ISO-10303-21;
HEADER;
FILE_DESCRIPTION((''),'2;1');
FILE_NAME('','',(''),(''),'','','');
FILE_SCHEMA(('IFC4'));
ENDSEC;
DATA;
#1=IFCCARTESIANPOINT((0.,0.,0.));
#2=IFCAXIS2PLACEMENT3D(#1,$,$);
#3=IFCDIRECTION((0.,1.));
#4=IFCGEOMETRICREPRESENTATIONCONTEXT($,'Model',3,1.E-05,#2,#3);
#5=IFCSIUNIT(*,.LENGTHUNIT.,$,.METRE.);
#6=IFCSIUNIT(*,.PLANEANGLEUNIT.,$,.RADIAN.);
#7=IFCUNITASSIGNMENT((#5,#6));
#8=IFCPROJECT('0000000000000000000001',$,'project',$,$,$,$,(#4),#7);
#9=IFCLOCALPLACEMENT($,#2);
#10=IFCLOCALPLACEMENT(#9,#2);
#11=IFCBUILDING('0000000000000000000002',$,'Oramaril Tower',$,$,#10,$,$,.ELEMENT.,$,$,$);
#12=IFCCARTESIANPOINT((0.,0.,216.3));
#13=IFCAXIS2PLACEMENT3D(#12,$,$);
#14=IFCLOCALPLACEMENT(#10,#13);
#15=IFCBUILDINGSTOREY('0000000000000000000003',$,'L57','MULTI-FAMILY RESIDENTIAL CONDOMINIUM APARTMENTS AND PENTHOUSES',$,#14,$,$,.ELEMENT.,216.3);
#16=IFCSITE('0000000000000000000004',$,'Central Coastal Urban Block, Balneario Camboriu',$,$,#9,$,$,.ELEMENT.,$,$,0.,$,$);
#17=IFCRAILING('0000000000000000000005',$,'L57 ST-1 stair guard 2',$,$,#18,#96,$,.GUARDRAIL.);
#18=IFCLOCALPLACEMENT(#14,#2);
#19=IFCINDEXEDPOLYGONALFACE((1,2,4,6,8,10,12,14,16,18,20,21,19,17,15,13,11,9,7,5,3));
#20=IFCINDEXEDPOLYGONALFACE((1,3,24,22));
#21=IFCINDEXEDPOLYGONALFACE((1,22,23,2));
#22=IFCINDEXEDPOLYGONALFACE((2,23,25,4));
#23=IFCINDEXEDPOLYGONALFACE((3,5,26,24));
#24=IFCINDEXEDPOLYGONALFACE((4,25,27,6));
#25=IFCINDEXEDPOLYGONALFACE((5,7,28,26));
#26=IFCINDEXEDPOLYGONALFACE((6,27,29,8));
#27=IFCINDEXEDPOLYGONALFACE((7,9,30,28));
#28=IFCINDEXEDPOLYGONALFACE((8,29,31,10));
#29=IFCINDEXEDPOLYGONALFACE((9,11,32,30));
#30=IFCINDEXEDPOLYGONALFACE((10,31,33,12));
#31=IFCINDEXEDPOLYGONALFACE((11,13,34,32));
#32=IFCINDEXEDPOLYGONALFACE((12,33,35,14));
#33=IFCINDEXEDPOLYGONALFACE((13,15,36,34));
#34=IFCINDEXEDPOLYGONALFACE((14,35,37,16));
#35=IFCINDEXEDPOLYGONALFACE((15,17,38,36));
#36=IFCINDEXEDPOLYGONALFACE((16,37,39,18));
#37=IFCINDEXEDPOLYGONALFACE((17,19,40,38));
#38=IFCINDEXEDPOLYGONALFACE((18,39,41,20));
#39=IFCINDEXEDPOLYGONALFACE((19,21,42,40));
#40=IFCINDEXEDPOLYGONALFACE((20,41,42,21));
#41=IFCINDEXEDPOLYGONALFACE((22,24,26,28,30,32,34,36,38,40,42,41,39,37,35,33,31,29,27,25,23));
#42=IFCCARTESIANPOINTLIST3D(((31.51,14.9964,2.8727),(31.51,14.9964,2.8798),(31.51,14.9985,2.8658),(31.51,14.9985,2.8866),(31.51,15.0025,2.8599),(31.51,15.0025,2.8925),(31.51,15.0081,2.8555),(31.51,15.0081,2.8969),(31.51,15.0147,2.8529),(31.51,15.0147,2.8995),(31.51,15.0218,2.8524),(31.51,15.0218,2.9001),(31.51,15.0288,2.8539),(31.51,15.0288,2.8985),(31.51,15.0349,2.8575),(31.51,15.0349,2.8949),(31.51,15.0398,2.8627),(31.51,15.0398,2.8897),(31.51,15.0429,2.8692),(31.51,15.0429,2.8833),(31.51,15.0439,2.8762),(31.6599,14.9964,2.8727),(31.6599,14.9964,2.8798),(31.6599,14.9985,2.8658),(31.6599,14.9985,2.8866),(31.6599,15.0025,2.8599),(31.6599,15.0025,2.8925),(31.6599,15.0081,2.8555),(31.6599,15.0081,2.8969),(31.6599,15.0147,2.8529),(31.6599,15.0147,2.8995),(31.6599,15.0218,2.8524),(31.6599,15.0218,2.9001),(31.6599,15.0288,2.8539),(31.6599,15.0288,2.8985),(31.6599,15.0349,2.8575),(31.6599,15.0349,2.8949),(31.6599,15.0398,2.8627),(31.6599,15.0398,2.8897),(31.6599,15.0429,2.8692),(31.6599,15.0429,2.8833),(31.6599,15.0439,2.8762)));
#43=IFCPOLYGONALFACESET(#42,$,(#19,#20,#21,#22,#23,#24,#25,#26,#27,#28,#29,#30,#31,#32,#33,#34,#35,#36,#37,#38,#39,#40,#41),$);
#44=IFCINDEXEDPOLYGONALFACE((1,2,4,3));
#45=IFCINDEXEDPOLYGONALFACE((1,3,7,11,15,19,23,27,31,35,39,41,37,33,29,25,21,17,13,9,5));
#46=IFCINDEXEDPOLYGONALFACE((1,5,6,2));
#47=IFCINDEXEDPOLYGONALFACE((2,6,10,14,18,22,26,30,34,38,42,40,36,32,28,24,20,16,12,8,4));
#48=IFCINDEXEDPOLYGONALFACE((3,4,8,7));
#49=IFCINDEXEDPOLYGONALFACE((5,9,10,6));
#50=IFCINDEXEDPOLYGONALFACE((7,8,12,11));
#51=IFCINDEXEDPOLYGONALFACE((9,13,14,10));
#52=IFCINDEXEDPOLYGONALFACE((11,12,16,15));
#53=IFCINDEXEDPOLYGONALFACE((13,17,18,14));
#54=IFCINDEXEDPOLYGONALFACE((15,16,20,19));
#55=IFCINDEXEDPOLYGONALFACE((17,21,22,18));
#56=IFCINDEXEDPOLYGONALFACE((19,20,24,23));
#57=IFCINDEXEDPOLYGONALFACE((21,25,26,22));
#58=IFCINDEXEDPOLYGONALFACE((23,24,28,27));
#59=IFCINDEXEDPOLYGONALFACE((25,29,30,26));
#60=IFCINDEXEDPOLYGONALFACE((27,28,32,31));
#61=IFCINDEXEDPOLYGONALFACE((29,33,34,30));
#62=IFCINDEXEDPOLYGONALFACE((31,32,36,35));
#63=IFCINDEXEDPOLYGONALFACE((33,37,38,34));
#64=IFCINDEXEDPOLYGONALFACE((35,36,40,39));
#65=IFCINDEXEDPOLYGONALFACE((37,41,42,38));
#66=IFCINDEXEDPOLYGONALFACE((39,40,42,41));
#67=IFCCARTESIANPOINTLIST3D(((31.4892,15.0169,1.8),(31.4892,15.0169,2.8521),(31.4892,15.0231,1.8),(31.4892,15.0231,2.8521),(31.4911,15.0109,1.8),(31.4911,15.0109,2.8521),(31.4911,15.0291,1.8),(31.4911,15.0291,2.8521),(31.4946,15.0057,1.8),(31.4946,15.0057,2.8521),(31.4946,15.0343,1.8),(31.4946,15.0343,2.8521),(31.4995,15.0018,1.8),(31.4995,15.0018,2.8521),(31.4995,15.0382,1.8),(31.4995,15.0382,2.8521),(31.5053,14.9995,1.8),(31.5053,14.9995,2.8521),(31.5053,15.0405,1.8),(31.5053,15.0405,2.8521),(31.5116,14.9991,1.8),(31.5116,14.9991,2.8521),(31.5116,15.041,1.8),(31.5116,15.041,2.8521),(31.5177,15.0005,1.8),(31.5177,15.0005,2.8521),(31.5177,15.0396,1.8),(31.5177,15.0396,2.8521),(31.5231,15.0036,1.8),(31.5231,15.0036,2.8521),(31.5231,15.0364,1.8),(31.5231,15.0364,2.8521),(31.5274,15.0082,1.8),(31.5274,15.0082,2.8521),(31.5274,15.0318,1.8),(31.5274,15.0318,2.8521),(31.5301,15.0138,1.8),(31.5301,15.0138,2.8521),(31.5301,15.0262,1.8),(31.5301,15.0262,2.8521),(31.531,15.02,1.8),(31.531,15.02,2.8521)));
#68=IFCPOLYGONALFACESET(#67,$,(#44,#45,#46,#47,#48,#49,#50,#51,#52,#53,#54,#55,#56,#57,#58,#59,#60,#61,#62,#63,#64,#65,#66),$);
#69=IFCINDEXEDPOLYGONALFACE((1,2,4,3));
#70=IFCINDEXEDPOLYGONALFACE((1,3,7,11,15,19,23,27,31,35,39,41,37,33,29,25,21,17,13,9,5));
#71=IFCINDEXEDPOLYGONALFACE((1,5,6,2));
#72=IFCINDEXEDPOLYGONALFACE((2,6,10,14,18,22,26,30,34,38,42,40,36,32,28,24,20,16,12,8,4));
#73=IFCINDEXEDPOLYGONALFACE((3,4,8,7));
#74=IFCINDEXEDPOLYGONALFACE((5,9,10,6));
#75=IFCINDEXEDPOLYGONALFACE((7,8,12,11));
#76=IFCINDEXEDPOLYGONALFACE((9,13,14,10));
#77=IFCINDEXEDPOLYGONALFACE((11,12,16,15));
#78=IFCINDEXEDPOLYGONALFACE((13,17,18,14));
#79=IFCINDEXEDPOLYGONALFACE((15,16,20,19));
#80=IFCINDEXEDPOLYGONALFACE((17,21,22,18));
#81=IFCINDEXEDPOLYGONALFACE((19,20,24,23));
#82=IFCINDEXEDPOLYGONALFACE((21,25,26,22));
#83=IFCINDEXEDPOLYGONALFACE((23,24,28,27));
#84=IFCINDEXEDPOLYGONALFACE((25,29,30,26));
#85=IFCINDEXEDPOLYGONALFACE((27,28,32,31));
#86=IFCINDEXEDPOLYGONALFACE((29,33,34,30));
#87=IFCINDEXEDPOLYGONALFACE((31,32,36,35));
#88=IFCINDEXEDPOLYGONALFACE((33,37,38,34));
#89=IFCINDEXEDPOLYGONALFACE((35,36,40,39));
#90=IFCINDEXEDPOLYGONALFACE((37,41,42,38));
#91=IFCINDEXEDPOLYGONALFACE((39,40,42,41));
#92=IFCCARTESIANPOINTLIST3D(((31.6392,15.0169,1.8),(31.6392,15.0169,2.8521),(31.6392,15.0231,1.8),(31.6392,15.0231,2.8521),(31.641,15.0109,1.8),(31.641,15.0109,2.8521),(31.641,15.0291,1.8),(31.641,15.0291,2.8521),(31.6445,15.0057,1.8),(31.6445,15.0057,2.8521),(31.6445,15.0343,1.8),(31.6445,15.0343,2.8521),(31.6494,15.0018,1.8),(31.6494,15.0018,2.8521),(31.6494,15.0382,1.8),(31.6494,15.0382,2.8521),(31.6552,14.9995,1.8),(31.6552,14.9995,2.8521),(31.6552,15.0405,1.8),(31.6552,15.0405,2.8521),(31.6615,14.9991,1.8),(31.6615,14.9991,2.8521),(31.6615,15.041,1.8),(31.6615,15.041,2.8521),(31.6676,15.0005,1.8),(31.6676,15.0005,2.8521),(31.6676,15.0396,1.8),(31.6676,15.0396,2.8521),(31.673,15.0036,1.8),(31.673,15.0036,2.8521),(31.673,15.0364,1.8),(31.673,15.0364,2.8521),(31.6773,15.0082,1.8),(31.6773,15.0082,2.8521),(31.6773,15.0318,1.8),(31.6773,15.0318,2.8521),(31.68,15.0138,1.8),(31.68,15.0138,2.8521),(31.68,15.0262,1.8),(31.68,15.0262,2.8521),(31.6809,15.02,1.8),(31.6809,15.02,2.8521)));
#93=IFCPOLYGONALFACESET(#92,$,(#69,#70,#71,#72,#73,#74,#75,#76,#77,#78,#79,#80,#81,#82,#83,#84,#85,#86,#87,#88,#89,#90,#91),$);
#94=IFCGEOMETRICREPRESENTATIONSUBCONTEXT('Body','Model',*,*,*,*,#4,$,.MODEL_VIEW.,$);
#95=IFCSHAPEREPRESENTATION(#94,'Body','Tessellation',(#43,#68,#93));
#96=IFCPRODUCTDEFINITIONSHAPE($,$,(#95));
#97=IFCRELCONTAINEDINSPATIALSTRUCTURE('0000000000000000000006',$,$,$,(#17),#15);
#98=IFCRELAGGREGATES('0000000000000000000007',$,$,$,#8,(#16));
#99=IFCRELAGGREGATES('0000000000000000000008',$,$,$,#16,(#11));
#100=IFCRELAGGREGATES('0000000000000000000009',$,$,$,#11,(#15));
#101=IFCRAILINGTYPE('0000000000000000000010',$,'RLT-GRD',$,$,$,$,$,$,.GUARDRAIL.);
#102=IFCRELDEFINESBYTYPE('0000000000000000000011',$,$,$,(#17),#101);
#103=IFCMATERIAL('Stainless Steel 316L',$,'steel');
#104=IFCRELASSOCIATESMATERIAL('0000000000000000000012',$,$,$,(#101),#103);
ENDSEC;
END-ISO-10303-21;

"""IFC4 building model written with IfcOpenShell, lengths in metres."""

from ifc_helpers import new_model, si_unit, direction, frame, origin, origin_2d, place, context, subcontext, project, spatial, circle, extrude, material, type_object, element, save


model = new_model("IFC4")

# Units and contexts
model_context = context("Model", 3, precision=1e-05, world=origin(), true_north=direction((0.0, 1.0)))
body_context = subcontext(model_context, "Body", "Model", "MODEL_VIEW")
ifc_project = project(units=[si_unit("LENGTHUNIT", "METRE"), si_unit("PLANEANGLEUNIT", "RADIAN")], contexts=[model_context])

# Site, building, storey
site_placement = place(None, origin())
site = spatial("IfcSite", under=ifc_project, at=site_placement, Name="Central Coastal Urban Block, Balneario Camboriu", CompositionType="ELEMENT", RefElevation=0.0)
building_placement = place(site_placement, origin())
building = spatial("IfcBuilding", under=site, at=building_placement, Name="Oramaril Tower", CompositionType="ELEMENT")
storey_placement = place(building_placement, frame((0.0, 0.0, 216.3)))
storey = spatial("IfcBuildingStorey", under=building, at=storey_placement, Name="L57", Description="MULTI-FAMILY RESIDENTIAL CONDOMINIUM APARTMENTS AND PENTHOUSES", CompositionType="ELEMENT", Elevation=216.3)

# Railing
ifc_material_1 = material(Name="Stainless Steel 316L", Category="steel")
railing_type_1 = type_object("IfcRailingType", Name="RLT-GRD", PredefinedType="GUARDRAIL", material=ifc_material_1)
railing_1_placement = place(storey_placement, frame((31.51, 15.02, 1.8)))
element("IfcRailing", 1, at=railing_1_placement, inside=storey, type_object=railing_type_1, Name="L57 ST-1 stair guard 2", PredefinedType="GUARDRAIL", context=body_context, shape_type="SweptSolid", body=[
    extrude(circle(Radius=0.0239, at=origin_2d()), frame((0.0, 0.0, 1.0762), z_axis=(1.0, 0.0, 0.0), x_axis=(0.0, 1.0, 0.0)), (0.0, 0.0, 1.0), 0.1499),
    extrude(circle(Radius=0.021, at=origin_2d()), origin(), (0.0, 0.0, 1.0), 1.052),
    extrude(circle(Radius=0.021, at=origin_2d()), frame((0.1499, 0.0, 0.0)), (0.0, 0.0, 1.0), 1.052),
])

save(model, "model.ifc")
